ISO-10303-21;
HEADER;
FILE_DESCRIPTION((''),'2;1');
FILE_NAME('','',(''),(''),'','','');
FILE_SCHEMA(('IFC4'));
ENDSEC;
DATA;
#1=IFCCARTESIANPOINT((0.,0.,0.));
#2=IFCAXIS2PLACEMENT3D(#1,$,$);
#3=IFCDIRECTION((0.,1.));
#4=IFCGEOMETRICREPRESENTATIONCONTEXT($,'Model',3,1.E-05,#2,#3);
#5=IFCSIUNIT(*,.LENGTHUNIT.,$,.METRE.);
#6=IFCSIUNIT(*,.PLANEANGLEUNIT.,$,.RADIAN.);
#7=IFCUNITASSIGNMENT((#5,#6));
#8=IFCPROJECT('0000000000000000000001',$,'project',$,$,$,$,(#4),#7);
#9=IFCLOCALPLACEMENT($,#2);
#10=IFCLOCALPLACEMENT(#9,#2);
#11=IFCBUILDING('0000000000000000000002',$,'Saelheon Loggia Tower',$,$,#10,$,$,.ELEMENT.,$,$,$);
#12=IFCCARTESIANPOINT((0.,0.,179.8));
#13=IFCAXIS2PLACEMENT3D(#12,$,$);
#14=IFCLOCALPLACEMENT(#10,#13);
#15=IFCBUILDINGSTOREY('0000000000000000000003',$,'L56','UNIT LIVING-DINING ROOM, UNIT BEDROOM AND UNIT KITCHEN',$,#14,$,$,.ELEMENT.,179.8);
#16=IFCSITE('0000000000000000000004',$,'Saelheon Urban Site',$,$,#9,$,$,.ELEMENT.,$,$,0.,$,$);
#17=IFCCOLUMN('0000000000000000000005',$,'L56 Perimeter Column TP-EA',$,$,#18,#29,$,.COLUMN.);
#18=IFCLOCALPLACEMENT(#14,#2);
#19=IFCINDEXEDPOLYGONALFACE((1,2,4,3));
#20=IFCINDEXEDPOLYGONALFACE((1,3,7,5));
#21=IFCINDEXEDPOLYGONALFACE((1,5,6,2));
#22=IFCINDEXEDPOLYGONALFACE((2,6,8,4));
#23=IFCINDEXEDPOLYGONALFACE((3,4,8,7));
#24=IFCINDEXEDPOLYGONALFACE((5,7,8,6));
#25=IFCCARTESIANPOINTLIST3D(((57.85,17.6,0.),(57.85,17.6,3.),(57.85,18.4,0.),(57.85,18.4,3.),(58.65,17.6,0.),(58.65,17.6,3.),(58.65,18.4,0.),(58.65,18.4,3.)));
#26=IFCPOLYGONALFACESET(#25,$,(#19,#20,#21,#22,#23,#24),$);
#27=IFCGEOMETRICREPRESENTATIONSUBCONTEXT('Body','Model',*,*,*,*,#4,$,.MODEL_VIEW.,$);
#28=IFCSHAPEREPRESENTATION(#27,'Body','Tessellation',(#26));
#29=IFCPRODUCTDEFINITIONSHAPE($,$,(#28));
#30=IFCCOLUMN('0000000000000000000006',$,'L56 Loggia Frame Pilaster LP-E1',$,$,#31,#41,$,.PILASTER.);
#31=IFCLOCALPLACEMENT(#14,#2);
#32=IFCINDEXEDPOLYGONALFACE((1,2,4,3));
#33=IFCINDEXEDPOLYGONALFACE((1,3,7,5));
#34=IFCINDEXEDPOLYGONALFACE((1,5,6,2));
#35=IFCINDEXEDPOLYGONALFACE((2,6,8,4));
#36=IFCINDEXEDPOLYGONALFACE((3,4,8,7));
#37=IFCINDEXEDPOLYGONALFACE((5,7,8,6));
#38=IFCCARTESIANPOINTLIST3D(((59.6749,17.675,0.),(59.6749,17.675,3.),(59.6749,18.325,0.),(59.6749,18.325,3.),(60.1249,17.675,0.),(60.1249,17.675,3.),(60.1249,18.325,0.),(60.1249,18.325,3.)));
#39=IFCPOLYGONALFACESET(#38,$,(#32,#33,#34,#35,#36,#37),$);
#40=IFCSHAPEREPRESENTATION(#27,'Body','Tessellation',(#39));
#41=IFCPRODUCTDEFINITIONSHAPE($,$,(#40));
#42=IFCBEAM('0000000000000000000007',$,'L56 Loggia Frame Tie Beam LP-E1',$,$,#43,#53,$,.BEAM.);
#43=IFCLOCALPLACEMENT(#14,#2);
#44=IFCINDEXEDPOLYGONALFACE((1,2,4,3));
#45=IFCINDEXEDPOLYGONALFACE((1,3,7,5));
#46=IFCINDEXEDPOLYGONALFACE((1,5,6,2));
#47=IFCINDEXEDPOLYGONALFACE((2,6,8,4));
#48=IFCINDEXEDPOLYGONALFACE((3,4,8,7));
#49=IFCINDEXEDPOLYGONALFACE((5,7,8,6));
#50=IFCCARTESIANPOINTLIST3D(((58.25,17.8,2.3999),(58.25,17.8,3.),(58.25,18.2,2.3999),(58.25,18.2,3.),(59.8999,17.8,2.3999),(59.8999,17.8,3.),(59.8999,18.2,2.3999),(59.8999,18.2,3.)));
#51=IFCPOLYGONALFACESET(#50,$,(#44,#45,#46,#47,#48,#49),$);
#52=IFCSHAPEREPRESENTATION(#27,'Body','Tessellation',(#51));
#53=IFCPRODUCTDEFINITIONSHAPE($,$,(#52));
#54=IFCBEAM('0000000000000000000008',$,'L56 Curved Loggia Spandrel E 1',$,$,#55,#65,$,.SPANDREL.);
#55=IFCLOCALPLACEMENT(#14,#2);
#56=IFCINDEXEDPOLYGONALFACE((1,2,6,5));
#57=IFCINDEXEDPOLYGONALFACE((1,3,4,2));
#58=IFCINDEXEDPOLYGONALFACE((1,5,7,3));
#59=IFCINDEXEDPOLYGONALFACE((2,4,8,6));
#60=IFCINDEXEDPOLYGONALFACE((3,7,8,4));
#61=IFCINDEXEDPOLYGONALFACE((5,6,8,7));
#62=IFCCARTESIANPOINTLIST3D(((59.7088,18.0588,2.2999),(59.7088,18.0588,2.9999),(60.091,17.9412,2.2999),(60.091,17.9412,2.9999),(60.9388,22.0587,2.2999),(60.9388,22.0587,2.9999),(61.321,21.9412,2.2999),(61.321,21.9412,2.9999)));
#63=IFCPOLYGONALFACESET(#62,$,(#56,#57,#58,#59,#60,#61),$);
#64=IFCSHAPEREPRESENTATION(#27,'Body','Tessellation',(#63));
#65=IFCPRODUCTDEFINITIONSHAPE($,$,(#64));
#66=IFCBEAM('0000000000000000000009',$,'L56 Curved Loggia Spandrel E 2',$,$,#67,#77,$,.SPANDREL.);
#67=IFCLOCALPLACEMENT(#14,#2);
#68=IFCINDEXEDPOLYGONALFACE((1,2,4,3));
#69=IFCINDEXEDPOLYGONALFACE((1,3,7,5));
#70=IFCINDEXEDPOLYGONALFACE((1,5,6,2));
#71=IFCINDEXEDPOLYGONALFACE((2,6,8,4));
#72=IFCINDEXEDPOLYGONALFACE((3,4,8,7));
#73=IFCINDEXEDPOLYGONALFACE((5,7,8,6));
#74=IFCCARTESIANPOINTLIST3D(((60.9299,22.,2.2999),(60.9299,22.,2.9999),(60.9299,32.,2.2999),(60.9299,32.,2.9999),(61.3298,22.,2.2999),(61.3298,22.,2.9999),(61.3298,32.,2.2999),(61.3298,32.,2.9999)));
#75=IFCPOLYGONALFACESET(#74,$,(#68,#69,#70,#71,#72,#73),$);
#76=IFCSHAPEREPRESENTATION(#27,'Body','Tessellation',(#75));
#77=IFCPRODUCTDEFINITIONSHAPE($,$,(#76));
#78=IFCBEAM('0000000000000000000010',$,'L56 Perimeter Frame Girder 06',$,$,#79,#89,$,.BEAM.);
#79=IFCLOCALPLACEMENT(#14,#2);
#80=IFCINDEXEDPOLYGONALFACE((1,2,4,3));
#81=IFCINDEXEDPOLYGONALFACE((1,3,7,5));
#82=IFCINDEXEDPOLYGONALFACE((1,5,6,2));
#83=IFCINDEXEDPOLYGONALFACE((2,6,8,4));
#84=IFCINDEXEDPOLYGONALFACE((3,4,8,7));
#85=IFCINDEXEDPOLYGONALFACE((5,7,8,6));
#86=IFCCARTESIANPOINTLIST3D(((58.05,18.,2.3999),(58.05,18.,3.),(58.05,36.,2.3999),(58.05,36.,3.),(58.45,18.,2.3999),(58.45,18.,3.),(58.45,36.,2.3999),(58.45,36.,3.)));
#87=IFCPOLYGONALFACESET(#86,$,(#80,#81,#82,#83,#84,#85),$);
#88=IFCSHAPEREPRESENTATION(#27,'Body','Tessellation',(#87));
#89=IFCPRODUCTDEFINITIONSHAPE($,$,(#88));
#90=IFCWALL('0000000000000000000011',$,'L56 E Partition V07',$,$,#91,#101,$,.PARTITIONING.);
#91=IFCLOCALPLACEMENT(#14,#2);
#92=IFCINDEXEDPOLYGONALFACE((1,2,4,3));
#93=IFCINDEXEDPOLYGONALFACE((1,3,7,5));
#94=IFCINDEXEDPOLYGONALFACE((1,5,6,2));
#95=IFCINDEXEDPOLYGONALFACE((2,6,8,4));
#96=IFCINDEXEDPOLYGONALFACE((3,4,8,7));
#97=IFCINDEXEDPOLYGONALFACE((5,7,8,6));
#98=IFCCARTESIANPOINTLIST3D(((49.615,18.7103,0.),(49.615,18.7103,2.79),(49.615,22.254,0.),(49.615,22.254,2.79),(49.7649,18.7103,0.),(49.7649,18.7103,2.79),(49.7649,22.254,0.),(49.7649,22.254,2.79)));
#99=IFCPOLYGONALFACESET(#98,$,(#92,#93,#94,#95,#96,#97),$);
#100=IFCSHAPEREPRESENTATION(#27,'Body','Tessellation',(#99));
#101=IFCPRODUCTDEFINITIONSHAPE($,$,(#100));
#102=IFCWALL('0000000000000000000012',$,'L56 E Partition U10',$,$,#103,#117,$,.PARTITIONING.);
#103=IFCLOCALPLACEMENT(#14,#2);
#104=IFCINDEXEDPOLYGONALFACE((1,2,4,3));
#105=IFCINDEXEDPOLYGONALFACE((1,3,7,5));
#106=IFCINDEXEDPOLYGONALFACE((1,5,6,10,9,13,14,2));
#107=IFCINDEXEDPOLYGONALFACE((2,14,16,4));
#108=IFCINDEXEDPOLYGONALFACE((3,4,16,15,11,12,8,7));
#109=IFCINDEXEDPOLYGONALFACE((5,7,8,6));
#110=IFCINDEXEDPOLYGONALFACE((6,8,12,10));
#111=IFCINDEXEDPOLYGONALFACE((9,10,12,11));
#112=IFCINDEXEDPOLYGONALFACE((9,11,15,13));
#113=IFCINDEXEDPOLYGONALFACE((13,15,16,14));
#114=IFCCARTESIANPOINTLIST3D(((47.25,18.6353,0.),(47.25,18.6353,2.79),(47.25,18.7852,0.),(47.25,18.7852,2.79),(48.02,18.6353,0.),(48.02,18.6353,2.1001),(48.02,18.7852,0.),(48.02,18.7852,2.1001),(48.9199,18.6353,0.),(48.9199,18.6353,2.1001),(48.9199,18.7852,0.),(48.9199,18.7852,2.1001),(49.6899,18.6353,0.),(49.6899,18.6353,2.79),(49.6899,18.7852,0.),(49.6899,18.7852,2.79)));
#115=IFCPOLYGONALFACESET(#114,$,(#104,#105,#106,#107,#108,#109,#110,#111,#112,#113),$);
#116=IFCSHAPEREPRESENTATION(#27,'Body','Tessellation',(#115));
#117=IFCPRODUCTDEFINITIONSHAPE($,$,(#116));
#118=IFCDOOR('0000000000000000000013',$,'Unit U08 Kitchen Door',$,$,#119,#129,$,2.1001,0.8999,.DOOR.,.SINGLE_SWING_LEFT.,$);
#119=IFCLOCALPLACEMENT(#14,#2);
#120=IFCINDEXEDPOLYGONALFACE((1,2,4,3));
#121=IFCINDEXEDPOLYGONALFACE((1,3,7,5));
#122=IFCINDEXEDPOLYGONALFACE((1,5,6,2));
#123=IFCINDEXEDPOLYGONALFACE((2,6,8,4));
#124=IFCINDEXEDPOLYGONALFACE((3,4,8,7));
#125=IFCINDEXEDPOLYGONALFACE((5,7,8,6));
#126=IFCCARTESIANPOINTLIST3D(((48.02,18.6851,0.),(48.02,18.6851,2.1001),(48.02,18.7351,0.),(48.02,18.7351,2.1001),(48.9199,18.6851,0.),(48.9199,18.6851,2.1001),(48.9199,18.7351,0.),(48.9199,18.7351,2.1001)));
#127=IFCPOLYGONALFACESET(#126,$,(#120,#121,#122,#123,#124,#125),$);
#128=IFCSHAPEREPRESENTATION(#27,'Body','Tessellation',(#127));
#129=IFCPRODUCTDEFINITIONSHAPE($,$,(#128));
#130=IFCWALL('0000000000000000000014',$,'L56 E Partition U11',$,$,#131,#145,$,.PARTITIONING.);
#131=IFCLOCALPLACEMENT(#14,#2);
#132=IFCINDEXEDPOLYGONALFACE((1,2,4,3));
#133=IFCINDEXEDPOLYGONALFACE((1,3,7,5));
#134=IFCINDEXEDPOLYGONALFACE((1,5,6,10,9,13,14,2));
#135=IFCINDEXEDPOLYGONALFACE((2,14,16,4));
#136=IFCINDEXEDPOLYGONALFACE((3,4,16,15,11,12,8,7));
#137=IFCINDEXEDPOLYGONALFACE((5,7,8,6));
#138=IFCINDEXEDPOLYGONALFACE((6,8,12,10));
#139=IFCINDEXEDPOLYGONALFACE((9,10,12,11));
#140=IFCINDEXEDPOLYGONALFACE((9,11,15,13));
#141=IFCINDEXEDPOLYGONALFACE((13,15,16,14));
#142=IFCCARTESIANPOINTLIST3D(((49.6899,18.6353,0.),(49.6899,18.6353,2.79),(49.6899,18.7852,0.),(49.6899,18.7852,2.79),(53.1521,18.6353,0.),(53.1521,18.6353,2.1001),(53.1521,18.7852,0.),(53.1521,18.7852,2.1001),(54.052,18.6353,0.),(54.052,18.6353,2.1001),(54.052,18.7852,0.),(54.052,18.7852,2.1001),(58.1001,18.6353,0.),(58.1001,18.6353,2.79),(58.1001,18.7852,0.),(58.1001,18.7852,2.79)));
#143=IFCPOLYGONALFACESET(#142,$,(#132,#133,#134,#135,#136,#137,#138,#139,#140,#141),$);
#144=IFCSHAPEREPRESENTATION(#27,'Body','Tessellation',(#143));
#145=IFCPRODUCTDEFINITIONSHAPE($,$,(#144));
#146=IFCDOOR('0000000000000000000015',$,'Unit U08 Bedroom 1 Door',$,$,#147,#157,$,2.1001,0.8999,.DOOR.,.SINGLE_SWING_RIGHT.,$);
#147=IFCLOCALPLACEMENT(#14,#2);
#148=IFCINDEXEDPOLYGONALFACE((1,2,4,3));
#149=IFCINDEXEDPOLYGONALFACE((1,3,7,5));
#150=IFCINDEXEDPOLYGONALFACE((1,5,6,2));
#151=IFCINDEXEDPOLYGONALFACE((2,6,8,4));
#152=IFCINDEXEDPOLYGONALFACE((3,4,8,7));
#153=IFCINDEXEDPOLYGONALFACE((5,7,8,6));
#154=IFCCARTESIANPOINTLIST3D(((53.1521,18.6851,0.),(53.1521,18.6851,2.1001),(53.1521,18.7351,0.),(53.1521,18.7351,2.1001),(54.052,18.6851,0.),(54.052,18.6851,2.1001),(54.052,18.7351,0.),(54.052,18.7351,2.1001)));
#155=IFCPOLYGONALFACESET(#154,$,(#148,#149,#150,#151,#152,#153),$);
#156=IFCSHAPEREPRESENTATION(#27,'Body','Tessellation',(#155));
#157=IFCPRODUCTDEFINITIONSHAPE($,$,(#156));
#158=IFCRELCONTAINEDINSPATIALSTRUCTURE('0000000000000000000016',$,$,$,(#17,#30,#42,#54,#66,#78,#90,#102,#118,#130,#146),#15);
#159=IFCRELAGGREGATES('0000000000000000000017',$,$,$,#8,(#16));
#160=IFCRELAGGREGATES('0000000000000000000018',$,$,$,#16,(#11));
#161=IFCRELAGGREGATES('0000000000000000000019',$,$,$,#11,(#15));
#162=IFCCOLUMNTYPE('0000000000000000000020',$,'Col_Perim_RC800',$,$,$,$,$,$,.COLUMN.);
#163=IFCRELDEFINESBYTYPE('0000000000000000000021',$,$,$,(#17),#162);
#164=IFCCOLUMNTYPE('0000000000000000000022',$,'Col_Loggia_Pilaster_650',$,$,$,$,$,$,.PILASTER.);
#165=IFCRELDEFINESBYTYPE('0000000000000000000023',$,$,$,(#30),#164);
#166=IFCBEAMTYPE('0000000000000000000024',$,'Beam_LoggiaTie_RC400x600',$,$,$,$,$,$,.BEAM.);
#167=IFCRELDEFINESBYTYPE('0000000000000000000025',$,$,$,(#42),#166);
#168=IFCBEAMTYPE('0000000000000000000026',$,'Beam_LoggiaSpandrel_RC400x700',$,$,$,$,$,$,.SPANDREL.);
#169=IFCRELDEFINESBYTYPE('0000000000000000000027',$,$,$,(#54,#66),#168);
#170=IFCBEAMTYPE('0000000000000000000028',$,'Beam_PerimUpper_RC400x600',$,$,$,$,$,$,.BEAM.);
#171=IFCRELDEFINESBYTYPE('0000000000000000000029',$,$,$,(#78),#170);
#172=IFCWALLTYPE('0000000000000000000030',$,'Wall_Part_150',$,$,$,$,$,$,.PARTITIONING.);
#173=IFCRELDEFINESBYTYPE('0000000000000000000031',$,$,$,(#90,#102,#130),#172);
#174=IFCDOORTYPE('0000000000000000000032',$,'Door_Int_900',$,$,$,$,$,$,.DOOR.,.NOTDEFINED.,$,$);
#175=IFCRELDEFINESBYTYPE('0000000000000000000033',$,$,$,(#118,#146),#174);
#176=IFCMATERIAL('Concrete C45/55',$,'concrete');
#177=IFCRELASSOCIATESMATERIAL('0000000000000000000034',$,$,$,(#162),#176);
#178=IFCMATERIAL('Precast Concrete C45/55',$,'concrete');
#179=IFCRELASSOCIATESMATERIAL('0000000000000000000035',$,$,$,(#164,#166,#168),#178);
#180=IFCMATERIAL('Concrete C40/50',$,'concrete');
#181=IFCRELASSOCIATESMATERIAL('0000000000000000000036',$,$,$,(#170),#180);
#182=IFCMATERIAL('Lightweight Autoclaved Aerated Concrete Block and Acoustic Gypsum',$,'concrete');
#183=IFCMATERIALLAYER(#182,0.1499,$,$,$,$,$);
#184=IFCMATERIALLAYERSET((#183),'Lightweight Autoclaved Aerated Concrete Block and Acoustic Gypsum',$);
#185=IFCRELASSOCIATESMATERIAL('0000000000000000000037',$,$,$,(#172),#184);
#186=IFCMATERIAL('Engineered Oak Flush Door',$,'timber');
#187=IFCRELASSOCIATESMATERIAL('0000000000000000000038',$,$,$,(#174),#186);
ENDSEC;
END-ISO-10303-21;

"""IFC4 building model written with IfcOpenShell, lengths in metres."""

from ifc_helpers import new_model, si_unit, direction, frame, frame_2d, origin, origin_2d, place, context, subcontext, project, spatial, rectangle, extrude, source, transform, mapped, material, layer, layer_set, material_profile, profile_set, type_object, element, fill, save


model = new_model("IFC4")

# Units and contexts
model_context = context("Model", 3, precision=1e-05, world=origin(), true_north=direction((0.0, 1.0)))
body_context = subcontext(model_context, "Body", "Model", "MODEL_VIEW")
ifc_project = project(units=[si_unit("LENGTHUNIT", "METRE"), si_unit("PLANEANGLEUNIT", "RADIAN")], contexts=[model_context])

# Site, building, storey
site_placement = place(None, origin())
site = spatial("IfcSite", under=ifc_project, at=site_placement, Name="Saelheon Urban Site", CompositionType="ELEMENT", RefElevation=0.0)
building_placement = place(site_placement, origin())
building = spatial("IfcBuilding", under=site, at=building_placement, Name="Saelheon Loggia Tower", CompositionType="ELEMENT")
storey_placement = place(building_placement, frame((0.0, 0.0, 179.8)))
storey = spatial("IfcBuildingStorey", under=building, at=storey_placement, Name="L56", Description="UNIT LIVING-DINING ROOM, UNIT BEDROOM AND UNIT KITCHEN", CompositionType="ELEMENT", Elevation=179.8)

# Columns
ifc_material_1 = material(Name="Concrete C45/55", Category="concrete")
ifc_material_profile_1 = material_profile(ifc_material_1, rectangle(XDim=0.8, YDim=0.8, at=origin_2d()), Name="RC-800x800")
ifc_profile_set_1 = profile_set([ifc_material_profile_1], Name="Concrete C45/55")
column_type_1 = type_object("IfcColumnType", Name="Col_Perim_RC800", PredefinedType="COLUMN", material=ifc_profile_set_1)
shared_shape_1 = source(origin(), body_context, "Body", "SweptSolid", [
    extrude(rectangle(XDim=0.8, YDim=0.8, at=origin_2d()), origin(), (0.0, 0.0, 1.0), 3.0),
])
column_1_placement = place(storey_placement, frame((58.25, 18.0, 0.0), z_axis=(0.0, 0.0, 1.0), x_axis=(1.0, 0.0, 0.0)))
element("IfcColumn", 1, at=column_1_placement, inside=storey, type_object=column_type_1, Name="L56 Perimeter Column TP-EA", PredefinedType="COLUMN", context=body_context, shape_type="MappedRepresentation", body=[
    mapped(shared_shape_1, transform((0.0, 0.0, 0.0), scale=1.0)),
])
ifc_material_2 = material(Name="Precast Concrete C45/55", Category="concrete")
ifc_material_profile_2 = material_profile(ifc_material_2, rectangle(XDim=0.45, YDim=0.6499, at=origin_2d()), Name="RC-450x650")
ifc_profile_set_2 = profile_set([ifc_material_profile_2], Name="Precast Concrete C45/55")
column_type_2 = type_object("IfcColumnType", Name="Col_Loggia_Pilaster_650", PredefinedType="PILASTER", material=ifc_profile_set_2)
shared_shape_2 = source(origin(), body_context, "Body", "SweptSolid", [
    extrude(rectangle(XDim=0.45, YDim=0.6499, at=origin_2d()), origin(), (0.0, 0.0, 1.0), 3.0),
])
column_2_placement = place(storey_placement, frame((59.8999, 18.0, 0.0), z_axis=(0.0, 0.0, 1.0), x_axis=(1.0, 0.0, 0.0)))
element("IfcColumn", 2, at=column_2_placement, inside=storey, type_object=column_type_2, Name="L56 Loggia Frame Pilaster LP-E1", PredefinedType="PILASTER", context=body_context, shape_type="MappedRepresentation", body=[
    mapped(shared_shape_2, transform((0.0, 0.0, 0.0), scale=1.0)),
])

# Beams
ifc_material_profile_3 = material_profile(ifc_material_2, rectangle(XDim=0.3999, YDim=0.6001, at=origin_2d()), Name="RC-400x600")
ifc_profile_set_3 = profile_set([ifc_material_profile_3], Name="Precast Concrete C45/55")
beam_type_1 = type_object("IfcBeamType", Name="Beam_LoggiaTie_RC400x600", PredefinedType="BEAM", material=ifc_profile_set_3)
shared_shape_3 = source(origin(), body_context, "Body", "SweptSolid", [
    extrude(rectangle(XDim=0.3999, YDim=0.6001, at=origin_2d()), origin(), (0.0, 0.0, 1.0), 1.6499),
])
beam_1_placement = place(storey_placement, frame((58.25, 18.0, 2.7), z_axis=(1.0, 0.0, 0.0), x_axis=(0.0, 1.0, 0.0)))
element("IfcBeam", 3, at=beam_1_placement, inside=storey, type_object=beam_type_1, Name="L56 Loggia Frame Tie Beam LP-E1", PredefinedType="BEAM", context=body_context, shape_type="MappedRepresentation", body=[
    mapped(shared_shape_3, transform((0.0, 0.0, 0.0), scale=1.0)),
])
ifc_material_profile_4 = material_profile(ifc_material_2, rectangle(XDim=0.3999, YDim=0.7, at=origin_2d()), Name="RC-400x700")
ifc_profile_set_4 = profile_set([ifc_material_profile_4], Name="Precast Concrete C45/55")
beam_type_2 = type_object("IfcBeamType", Name="Beam_LoggiaSpandrel_RC400x700", PredefinedType="SPANDREL", material=ifc_profile_set_4)
shared_shape_4 = source(origin(), body_context, "Body", "SweptSolid", [
    extrude(rectangle(XDim=0.3999, YDim=0.7, at=origin_2d()), origin(), (0.0, 0.0, 1.0), 4.1848),
])
beam_2_placement = place(storey_placement, frame((59.8999, 18.0, 2.6499), z_axis=(0.293914, 0.955832, 0.0), x_axis=(-0.955832, 0.293914, 0.0)))
element("IfcBeam", 4, at=beam_2_placement, inside=storey, type_object=beam_type_2, Name="L56 Curved Loggia Spandrel E 1", PredefinedType="SPANDREL", context=body_context, shape_type="MappedRepresentation", body=[
    mapped(shared_shape_4, transform((0.0, 0.0, 0.0), scale=1.0)),
])
shared_shape_5 = source(origin(), body_context, "Body", "SweptSolid", [
    extrude(rectangle(XDim=0.3999, YDim=0.7, at=origin_2d()), origin(), (0.0, 0.0, 1.0), 10.0),
])
beam_3_placement = place(storey_placement, frame((61.1299, 22.0, 2.6499), z_axis=(0.0, 1.0, 0.0), x_axis=(-1.0, 0.0, 0.0)))
element("IfcBeam", 5, at=beam_3_placement, inside=storey, type_object=beam_type_2, Name="L56 Curved Loggia Spandrel E 2", PredefinedType="SPANDREL", context=body_context, shape_type="MappedRepresentation", body=[
    mapped(shared_shape_5, transform((0.0, 0.0, 0.0), scale=1.0)),
])
ifc_material_3 = material(Name="Concrete C40/50", Category="concrete")
ifc_material_profile_5 = material_profile(ifc_material_3, rectangle(XDim=0.3999, YDim=0.6001, at=origin_2d()), Name="RC-400x600")
ifc_profile_set_5 = profile_set([ifc_material_profile_5], Name="Concrete C40/50")
beam_type_3 = type_object("IfcBeamType", Name="Beam_PerimUpper_RC400x600", PredefinedType="BEAM", material=ifc_profile_set_5)
shared_shape_6 = source(origin(), body_context, "Body", "SweptSolid", [
    extrude(rectangle(XDim=0.3999, YDim=0.6001, at=origin_2d()), origin(), (0.0, 0.0, 1.0), 18.0),
])
beam_4_placement = place(storey_placement, frame((58.25, 18.0, 2.7), z_axis=(0.0, 1.0, 0.0), x_axis=(-1.0, 0.0, 0.0)))
element("IfcBeam", 6, at=beam_4_placement, inside=storey, type_object=beam_type_3, Name="L56 Perimeter Frame Girder 06", PredefinedType="BEAM", context=body_context, shape_type="MappedRepresentation", body=[
    mapped(shared_shape_6, transform((0.0, 0.0, 0.0), scale=1.0)),
])

# Wall
ifc_material_4 = material(Name="Lightweight Autoclaved Aerated Concrete Block and Acoustic Gypsum", Category="concrete")
ifc_layer_1 = layer(ifc_material_4, 0.1499)
ifc_layer_set_1 = layer_set([ifc_layer_1], Name="Lightweight Autoclaved Aerated Concrete Block and Acoustic Gypsum")
wall_type_1 = type_object("IfcWallType", Name="Wall_Part_150", PredefinedType="PARTITIONING", material=ifc_layer_set_1)
wall_1_placement = place(storey_placement, frame((49.6899, 18.7102, 0.0), z_axis=(0.0, 0.0, 1.0), x_axis=(0.0, 1.0, 0.0)))
element("IfcWall", 7, at=wall_1_placement, inside=storey, type_object=wall_type_1, Name="L56 E Partition V07", PredefinedType="PARTITIONING", context=body_context, shape_type="SweptSolid", body=[
    extrude(rectangle(XDim=3.5437, YDim=0.1499, at=frame_2d((1.772, 0.0))), origin(), (0.0, 0.0, 1.0), 2.79),
])

# Walls, openings, doors
wall_2_placement = place(storey_placement, frame((47.25, 18.7102, 0.0), z_axis=(0.0, 0.0, 1.0), x_axis=(1.0, 0.0, 0.0)))
wall_2 = element("IfcWall", 8, at=wall_2_placement, inside=storey, type_object=wall_type_1, Name="L56 E Partition U10", PredefinedType="PARTITIONING", context=body_context, shape_type="SweptSolid", body=[
    extrude(rectangle(XDim=2.4399, YDim=0.1499, at=frame_2d((1.22, 0.0))), origin(), (0.0, 0.0, 1.0), 2.79),
])
opening_1_placement = place(wall_2_placement, frame((0.77, 0.0, 0.0)))
opening_1 = element("IfcOpeningElement", 9, at=opening_1_placement, cuts=wall_2, PredefinedType="OPENING", context=body_context, shape_type="SweptSolid", body=[
    extrude(rectangle(XDim=0.8999, YDim=2.1001, at=frame_2d((0.45, 1.05))), frame((0.0, 0.0869, 0.0), z_axis=(0.0, -1.0, 0.0), x_axis=(1.0, 0.0, 0.0)), (0.0, 0.0, 1.0), 0.1738),
])
ifc_material_5 = material(Name="Engineered Oak Flush Door", Category="timber")
door_type_1 = type_object("IfcDoorType", Name="Door_Int_900", OperationType="NOTDEFINED", PredefinedType="DOOR", material=ifc_material_5)
shared_shape_7 = source(origin(), body_context, "Body", "SweptSolid", [
    extrude(rectangle(XDim=0.8999, YDim=2.1001, at=frame_2d((0.45, 1.05))), frame((0.0, 0.0249, 0.0), z_axis=(0.0, -1.0, 0.0), x_axis=(1.0, 0.0, 0.0)), (0.0, 0.0, 1.0), 0.05),
])
door_1_placement = place(opening_1_placement, origin())
door_1 = element("IfcDoor", 10, at=door_1_placement, inside=storey, type_object=door_type_1, Name="Unit U08 Kitchen Door", OperationType="SINGLE_SWING_LEFT", OverallHeight=2.1001, OverallWidth=0.8999, PredefinedType="DOOR", context=body_context, shape_type="MappedRepresentation", body=[
    mapped(shared_shape_7, transform((0.0, 0.0, 0.0), scale=1.0)),
])
fill(opening_1, door_1)
wall_3_placement = place(storey_placement, frame((49.6899, 18.7102, 0.0), z_axis=(0.0, 0.0, 1.0), x_axis=(1.0, 0.0, 0.0)))
wall_3 = element("IfcWall", 11, at=wall_3_placement, inside=storey, type_object=wall_type_1, Name="L56 E Partition U11", PredefinedType="PARTITIONING", context=body_context, shape_type="SweptSolid", body=[
    extrude(rectangle(XDim=8.4102, YDim=0.1499, at=frame_2d((4.2051, 0.0))), origin(), (0.0, 0.0, 1.0), 2.79),
])
opening_2_placement = place(wall_3_placement, frame((3.4622, 0.0, 0.0)))
opening_2 = element("IfcOpeningElement", 12, at=opening_2_placement, cuts=wall_3, PredefinedType="OPENING", context=body_context, shape_type="SweptSolid", body=[
    extrude(rectangle(XDim=0.8999, YDim=2.1001, at=frame_2d((0.45, 1.05))), frame((0.0, 0.0869, 0.0), z_axis=(0.0, -1.0, 0.0), x_axis=(1.0, 0.0, 0.0)), (0.0, 0.0, 1.0), 0.1738),
])
door_2_placement = place(opening_2_placement, origin())
door_2 = element("IfcDoor", 13, at=door_2_placement, inside=storey, type_object=door_type_1, Name="Unit U08 Bedroom 1 Door", OperationType="SINGLE_SWING_RIGHT", OverallHeight=2.1001, OverallWidth=0.8999, PredefinedType="DOOR", context=body_context, shape_type="MappedRepresentation", body=[
    mapped(shared_shape_7, transform((0.0, 0.0, 0.0), scale=1.0)),
])
fill(opening_2, door_2)

save(model, "model.ifc")
